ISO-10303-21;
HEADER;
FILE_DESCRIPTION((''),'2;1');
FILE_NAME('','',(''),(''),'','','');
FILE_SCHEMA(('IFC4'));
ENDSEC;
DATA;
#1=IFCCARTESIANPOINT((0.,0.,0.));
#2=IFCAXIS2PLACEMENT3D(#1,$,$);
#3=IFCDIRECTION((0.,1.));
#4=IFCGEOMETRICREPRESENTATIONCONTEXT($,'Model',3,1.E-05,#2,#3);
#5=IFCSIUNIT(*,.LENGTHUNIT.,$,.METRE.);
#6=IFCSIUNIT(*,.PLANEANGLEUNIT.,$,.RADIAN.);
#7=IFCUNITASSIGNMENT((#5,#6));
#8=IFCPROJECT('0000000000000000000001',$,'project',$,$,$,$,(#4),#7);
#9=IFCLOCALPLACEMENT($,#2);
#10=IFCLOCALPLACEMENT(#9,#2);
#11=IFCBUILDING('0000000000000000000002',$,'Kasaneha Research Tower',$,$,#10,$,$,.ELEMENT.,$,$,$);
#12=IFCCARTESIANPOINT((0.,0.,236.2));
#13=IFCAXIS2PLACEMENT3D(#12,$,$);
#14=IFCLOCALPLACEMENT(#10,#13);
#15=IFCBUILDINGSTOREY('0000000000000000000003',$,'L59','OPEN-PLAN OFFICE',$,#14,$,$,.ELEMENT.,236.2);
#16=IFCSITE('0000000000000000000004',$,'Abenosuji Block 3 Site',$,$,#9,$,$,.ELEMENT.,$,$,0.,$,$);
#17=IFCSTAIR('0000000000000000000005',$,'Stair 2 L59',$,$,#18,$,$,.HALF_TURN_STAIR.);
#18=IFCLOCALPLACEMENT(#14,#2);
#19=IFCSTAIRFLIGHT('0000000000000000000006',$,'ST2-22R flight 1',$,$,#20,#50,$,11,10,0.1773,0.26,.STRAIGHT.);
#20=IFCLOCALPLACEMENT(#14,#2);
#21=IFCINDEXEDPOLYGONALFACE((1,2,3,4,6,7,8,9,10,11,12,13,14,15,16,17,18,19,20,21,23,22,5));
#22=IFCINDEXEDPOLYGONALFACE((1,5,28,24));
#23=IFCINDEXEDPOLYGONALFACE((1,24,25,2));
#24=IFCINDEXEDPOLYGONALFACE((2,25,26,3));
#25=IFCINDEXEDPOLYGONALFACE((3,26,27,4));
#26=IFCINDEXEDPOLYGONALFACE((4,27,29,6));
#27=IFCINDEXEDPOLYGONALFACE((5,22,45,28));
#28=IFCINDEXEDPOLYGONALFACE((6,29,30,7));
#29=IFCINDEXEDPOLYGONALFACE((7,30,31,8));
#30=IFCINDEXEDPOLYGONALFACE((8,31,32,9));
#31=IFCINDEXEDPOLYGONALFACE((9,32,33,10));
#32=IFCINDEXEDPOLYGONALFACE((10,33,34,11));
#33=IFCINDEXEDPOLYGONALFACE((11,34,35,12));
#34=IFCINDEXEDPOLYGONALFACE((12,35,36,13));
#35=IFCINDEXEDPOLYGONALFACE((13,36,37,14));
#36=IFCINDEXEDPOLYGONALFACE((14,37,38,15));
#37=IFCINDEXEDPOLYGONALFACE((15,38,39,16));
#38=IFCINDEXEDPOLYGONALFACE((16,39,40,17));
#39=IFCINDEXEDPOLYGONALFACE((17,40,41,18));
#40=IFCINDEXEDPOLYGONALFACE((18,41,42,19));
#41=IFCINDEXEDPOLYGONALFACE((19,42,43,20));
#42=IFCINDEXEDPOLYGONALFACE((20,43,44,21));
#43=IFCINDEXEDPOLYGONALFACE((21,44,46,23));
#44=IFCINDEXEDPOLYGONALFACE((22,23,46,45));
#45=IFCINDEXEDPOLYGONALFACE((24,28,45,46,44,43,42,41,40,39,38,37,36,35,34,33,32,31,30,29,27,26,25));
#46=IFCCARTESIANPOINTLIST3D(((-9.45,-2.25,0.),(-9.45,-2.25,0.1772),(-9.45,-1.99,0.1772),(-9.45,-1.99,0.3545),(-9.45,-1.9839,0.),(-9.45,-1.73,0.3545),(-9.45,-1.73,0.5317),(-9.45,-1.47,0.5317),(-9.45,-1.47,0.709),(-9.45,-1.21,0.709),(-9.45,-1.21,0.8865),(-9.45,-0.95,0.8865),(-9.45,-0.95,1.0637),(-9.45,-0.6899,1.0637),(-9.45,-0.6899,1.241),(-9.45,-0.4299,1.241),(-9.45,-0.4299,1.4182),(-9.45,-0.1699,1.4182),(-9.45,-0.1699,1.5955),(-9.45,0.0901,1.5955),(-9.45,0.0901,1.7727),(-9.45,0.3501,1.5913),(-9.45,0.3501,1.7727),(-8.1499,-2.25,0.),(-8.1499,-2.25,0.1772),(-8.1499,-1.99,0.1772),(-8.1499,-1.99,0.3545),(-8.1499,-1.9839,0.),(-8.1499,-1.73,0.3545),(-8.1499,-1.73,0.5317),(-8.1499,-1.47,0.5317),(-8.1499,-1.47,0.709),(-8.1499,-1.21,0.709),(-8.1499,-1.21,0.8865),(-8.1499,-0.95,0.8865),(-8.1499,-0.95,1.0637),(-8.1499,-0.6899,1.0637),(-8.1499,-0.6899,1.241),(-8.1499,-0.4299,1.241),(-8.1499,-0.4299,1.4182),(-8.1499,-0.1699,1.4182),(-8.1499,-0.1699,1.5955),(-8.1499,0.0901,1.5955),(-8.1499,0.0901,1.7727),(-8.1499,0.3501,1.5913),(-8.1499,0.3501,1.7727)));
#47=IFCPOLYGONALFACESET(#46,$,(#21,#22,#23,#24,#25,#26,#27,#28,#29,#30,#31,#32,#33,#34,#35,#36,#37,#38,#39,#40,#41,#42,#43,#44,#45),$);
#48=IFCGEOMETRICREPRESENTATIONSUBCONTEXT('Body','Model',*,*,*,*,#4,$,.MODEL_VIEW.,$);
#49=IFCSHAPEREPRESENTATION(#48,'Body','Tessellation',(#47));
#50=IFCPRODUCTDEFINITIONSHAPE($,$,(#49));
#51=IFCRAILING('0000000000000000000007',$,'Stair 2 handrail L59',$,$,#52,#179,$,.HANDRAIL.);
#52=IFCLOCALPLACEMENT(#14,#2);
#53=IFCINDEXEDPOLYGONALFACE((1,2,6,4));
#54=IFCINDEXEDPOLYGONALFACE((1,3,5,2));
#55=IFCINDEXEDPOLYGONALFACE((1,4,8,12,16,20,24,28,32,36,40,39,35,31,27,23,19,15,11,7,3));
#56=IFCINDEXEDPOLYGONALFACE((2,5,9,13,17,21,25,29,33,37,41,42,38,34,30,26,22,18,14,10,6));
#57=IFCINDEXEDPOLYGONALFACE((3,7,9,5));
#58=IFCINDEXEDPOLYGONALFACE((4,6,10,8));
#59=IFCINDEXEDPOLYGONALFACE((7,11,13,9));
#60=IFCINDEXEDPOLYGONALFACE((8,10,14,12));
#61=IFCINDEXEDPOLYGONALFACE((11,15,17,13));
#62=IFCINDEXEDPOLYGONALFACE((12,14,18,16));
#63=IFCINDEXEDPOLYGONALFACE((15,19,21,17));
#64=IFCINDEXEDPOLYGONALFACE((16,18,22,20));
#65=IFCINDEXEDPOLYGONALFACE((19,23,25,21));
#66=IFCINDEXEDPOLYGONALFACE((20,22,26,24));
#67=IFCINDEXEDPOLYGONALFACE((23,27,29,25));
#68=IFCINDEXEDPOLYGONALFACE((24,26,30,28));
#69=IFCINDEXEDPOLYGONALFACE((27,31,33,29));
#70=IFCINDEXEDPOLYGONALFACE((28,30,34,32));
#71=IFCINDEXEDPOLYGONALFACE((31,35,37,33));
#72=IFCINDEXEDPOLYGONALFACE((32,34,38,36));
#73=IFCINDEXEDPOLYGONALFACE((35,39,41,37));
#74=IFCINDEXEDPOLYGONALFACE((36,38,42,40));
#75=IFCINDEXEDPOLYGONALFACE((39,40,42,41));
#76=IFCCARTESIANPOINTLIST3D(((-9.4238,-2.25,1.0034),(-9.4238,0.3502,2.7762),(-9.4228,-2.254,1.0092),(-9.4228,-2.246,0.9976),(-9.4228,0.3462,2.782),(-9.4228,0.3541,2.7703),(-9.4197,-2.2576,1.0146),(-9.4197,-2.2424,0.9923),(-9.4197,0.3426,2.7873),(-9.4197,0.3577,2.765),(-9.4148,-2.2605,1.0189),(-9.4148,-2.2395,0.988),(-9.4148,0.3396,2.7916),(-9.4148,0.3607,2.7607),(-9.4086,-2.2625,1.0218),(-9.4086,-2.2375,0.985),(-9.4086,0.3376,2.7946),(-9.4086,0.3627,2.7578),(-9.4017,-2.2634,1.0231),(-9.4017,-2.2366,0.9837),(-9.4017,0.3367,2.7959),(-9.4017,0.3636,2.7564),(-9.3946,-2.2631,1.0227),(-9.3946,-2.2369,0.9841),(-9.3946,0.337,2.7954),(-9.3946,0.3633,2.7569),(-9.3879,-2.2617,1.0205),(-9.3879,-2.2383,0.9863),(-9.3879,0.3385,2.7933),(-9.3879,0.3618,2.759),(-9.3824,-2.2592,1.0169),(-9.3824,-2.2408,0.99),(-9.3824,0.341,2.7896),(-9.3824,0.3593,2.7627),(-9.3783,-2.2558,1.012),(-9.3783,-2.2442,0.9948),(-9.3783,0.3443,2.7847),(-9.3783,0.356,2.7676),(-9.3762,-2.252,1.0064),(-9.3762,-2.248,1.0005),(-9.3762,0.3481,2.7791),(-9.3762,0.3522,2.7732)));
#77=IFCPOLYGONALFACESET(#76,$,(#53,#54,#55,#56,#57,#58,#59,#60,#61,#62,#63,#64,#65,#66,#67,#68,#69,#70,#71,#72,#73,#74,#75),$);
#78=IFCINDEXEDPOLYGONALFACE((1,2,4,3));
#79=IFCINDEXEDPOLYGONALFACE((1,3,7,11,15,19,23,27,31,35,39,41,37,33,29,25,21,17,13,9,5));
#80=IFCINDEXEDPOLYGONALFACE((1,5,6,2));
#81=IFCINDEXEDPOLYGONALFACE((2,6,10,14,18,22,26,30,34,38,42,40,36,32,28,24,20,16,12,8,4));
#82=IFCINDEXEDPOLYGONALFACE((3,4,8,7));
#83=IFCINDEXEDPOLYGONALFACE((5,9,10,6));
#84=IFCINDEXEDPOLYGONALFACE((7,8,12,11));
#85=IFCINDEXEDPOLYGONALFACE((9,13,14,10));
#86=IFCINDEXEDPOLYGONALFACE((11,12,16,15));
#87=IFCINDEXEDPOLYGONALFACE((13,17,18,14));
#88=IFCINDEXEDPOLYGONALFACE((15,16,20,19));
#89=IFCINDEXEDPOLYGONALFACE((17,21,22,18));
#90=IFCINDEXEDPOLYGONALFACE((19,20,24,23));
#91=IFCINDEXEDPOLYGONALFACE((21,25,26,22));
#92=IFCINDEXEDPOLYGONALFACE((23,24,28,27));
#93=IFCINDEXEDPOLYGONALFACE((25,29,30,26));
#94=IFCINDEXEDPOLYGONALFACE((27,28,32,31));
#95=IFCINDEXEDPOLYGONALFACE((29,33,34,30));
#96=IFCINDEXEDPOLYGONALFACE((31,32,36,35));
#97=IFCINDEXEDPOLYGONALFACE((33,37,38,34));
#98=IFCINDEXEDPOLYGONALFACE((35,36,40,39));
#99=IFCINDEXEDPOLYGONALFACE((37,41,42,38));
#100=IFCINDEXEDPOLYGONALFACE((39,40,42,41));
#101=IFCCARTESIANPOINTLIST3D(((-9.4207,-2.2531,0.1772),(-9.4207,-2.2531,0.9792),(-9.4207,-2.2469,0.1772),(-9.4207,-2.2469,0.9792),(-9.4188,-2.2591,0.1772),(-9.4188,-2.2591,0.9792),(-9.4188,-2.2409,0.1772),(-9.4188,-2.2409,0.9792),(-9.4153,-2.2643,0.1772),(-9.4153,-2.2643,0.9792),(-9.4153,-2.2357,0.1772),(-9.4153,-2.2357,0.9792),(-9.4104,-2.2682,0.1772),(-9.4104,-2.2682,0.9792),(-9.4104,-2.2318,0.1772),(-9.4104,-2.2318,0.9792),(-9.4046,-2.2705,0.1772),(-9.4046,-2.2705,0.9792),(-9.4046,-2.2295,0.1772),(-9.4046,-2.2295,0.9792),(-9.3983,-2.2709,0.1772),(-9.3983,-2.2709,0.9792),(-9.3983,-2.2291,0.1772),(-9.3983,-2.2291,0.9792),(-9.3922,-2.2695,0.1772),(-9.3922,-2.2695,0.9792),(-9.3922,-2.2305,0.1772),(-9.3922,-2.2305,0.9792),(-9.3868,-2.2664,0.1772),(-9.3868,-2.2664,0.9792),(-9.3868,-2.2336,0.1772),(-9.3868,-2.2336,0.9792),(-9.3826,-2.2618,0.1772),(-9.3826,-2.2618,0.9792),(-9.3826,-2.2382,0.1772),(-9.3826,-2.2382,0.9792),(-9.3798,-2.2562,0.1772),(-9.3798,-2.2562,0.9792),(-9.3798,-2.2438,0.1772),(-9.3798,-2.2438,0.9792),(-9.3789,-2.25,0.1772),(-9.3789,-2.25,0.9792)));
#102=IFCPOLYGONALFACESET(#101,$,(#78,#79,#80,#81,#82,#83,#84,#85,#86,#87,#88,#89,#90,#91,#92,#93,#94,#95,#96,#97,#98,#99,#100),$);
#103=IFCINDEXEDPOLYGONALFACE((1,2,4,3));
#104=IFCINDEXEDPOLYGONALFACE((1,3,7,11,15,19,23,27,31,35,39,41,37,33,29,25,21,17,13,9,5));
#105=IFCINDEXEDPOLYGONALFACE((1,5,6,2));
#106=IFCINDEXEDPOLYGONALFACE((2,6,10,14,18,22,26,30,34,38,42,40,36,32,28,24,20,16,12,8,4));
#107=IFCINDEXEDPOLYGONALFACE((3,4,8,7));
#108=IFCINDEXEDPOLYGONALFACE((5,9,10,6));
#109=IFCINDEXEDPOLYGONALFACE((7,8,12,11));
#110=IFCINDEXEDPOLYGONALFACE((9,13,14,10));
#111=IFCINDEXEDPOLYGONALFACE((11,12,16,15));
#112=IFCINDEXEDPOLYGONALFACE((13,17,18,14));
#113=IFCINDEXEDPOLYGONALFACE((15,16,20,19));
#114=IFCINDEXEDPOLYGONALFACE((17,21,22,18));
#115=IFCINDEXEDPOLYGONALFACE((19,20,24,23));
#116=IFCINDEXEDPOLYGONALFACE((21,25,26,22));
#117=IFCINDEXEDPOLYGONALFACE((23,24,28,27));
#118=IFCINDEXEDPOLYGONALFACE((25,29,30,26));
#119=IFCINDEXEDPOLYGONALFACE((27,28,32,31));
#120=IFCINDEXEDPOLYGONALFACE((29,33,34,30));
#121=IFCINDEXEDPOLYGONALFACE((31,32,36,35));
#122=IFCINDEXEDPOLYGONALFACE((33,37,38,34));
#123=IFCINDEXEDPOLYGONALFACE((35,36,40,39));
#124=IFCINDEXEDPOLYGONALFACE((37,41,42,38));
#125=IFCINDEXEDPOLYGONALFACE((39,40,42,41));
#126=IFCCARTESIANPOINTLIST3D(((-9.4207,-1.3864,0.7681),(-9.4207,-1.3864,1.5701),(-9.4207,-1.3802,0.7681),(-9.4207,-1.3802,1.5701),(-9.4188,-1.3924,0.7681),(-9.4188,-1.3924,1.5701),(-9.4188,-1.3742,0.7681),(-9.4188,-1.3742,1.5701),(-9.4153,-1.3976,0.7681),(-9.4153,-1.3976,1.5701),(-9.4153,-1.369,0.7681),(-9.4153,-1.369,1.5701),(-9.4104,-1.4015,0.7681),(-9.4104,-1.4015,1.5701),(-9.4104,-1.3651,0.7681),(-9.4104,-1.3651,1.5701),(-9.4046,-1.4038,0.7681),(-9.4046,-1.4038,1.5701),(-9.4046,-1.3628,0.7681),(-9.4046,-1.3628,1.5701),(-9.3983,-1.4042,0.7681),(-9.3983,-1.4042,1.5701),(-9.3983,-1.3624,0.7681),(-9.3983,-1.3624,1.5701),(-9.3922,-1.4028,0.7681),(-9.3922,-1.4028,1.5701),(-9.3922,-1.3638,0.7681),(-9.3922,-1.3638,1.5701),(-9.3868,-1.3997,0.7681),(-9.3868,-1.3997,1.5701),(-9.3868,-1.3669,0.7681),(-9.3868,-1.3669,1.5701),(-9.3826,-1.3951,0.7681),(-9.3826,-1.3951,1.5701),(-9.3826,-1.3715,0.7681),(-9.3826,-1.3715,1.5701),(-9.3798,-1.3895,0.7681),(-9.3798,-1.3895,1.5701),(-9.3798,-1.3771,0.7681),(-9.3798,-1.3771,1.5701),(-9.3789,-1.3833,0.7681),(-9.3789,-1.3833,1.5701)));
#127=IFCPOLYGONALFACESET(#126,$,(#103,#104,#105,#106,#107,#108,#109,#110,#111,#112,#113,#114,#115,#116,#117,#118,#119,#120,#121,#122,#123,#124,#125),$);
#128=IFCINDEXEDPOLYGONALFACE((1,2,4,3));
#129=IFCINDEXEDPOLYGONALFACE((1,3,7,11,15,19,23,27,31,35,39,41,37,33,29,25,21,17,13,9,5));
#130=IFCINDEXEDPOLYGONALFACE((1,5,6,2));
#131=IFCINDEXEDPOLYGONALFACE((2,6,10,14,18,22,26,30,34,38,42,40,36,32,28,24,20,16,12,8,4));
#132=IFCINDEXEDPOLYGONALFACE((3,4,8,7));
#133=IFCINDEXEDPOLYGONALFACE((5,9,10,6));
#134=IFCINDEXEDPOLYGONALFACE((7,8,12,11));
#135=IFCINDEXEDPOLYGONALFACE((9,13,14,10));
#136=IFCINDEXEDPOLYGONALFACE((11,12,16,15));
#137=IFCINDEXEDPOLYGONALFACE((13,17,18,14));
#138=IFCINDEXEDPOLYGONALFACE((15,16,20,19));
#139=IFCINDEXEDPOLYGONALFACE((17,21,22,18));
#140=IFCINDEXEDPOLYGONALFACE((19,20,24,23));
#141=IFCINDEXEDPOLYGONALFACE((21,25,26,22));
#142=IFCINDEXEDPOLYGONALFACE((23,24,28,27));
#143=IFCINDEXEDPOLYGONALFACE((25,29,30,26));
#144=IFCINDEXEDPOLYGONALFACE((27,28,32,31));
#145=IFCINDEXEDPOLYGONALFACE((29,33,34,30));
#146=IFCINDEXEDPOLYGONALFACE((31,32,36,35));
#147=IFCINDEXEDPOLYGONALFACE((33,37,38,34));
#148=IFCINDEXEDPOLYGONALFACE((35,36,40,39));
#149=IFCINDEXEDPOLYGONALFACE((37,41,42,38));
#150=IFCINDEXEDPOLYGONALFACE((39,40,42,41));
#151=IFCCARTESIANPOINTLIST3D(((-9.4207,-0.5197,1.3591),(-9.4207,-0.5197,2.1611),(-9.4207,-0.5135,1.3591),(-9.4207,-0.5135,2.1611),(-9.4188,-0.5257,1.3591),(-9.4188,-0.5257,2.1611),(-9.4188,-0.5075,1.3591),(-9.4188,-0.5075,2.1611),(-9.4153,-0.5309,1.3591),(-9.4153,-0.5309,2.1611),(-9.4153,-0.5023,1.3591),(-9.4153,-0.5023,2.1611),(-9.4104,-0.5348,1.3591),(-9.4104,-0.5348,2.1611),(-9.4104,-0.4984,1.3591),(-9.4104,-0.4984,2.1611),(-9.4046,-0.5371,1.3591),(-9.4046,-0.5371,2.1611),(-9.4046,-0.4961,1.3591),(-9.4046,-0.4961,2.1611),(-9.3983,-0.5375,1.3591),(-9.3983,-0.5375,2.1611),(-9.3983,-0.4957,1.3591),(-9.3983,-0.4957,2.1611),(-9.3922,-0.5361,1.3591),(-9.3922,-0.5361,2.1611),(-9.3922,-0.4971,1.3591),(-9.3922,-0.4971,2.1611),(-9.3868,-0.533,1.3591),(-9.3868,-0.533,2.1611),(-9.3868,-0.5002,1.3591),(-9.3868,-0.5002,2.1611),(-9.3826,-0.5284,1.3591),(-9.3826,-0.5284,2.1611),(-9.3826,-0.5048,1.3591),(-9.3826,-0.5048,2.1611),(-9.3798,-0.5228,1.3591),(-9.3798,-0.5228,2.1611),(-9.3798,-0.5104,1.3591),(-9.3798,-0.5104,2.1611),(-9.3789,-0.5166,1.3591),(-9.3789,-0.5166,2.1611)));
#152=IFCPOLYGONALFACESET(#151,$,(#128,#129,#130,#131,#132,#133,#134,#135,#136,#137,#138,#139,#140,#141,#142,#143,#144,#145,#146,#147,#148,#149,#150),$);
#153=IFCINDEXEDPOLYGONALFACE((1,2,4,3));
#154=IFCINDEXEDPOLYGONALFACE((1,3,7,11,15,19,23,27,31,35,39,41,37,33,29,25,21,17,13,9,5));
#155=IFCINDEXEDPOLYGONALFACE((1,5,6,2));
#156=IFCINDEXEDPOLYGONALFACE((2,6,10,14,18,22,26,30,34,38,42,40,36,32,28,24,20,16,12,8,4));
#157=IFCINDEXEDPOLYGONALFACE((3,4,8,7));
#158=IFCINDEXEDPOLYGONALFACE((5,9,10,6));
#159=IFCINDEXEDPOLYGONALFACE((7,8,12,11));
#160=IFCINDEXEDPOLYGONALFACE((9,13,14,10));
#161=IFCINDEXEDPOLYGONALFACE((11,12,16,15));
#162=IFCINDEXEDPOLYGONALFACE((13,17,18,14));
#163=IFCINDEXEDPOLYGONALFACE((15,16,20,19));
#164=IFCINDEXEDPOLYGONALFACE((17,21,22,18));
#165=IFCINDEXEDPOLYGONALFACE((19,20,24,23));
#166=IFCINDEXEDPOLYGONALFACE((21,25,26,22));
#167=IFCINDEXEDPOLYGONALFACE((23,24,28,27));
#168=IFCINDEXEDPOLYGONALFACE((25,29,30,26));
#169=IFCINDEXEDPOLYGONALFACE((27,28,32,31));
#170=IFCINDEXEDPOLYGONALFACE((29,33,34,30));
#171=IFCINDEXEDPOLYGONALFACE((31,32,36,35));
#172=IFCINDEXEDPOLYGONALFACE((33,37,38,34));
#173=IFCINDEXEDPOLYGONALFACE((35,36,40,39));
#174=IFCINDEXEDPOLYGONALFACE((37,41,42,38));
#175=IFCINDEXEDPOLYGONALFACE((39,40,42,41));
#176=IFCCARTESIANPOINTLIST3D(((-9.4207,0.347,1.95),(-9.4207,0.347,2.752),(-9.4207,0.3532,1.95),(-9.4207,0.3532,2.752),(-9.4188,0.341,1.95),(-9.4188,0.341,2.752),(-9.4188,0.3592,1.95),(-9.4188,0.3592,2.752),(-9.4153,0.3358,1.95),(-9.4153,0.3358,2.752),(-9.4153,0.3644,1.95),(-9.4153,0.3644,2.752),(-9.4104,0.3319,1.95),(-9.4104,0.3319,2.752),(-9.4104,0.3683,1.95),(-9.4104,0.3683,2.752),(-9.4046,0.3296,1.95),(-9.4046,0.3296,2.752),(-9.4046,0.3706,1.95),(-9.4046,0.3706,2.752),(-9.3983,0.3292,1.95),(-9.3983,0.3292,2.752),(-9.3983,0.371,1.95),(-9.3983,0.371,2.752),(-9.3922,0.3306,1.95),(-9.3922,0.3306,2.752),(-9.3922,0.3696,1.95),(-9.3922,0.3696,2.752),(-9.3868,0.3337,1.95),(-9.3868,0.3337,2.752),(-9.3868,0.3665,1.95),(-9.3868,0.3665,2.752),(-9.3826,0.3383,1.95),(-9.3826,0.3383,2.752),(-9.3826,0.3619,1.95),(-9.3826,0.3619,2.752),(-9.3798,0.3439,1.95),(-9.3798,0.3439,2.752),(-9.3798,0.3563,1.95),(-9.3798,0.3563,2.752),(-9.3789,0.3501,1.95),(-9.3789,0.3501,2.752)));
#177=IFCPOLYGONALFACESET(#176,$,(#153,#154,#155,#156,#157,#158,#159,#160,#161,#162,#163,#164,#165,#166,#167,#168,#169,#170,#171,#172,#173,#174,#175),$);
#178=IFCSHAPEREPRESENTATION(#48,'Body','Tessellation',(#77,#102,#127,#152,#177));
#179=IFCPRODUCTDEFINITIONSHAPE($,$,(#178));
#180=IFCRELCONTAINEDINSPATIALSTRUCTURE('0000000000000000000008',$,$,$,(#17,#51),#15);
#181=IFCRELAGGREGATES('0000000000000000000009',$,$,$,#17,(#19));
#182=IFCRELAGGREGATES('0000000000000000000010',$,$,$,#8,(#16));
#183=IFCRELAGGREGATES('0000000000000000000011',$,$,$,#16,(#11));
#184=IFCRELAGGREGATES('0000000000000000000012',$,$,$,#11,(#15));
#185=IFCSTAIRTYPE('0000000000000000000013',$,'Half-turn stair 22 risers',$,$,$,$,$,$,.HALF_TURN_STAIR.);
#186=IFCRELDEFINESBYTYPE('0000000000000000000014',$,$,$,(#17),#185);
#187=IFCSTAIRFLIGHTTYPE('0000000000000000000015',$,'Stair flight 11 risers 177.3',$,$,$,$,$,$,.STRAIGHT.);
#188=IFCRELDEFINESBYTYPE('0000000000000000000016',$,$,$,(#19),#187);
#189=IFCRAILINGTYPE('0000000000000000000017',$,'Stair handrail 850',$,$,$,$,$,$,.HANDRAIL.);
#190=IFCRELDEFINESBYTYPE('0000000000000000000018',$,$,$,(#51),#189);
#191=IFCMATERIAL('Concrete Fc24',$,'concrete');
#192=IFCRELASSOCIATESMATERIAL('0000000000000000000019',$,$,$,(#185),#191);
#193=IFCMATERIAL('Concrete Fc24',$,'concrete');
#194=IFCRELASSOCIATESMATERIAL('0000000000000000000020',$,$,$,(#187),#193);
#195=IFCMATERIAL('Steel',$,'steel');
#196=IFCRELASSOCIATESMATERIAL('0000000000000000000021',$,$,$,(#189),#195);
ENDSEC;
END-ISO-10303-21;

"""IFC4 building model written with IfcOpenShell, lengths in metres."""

from ifc_helpers import new_model, si_unit, direction, frame, origin, origin_2d, place, context, subcontext, project, spatial, polyline, circle, outline, extrude, material, type_object, element, aggregate, save


model = new_model("IFC4")

# Units and contexts
model_context = context("Model", 3, precision=1e-05, world=origin(), true_north=direction((0.0, 1.0)))
body_context = subcontext(model_context, "Body", "Model", "MODEL_VIEW")
ifc_project = project(units=[si_unit("LENGTHUNIT", "METRE"), si_unit("PLANEANGLEUNIT", "RADIAN")], contexts=[model_context])

# Site, building, storey
site_placement = place(None, origin())
site = spatial("IfcSite", under=ifc_project, at=site_placement, Name="Abenosuji Block 3 Site", CompositionType="ELEMENT", RefElevation=0.0)
building_placement = place(site_placement, origin())
building = spatial("IfcBuilding", under=site, at=building_placement, Name="Kasaneha Research Tower", CompositionType="ELEMENT")
storey_placement = place(building_placement, frame((0.0, 0.0, 236.2)))
storey = spatial("IfcBuildingStorey", under=building, at=storey_placement, Name="L59", Description="OPEN-PLAN OFFICE", CompositionType="ELEMENT", Elevation=236.2)

# Stair, stair flight
ifc_material_1 = material(Name="Concrete Fc24", Category="concrete")
stair_type = type_object("IfcStairType", Name="Half-turn stair 22 risers", PredefinedType="HALF_TURN_STAIR", material=ifc_material_1)
stair_placement = place(storey_placement, origin())
stair = element("IfcStair", 1, at=stair_placement, inside=storey, type_object=stair_type, Name="Stair 2 L59", PredefinedType="HALF_TURN_STAIR")
ifc_material_2 = material(Name="Concrete Fc24", Category="concrete")
stair_flight_type = type_object("IfcStairFlightType", Name="Stair flight 11 risers 177.3", PredefinedType="STRAIGHT", material=ifc_material_2)
stair_flight_placement = place(storey_placement, frame((-8.8, -2.25, 0.0), z_axis=(0.0, 0.0, 1.0), x_axis=(0.0, 1.0, 0.0)))
stair_flight = element("IfcStairFlight", 2, at=stair_flight_placement, type_object=stair_flight_type, Name="ST2-22R flight 1", NumberOfRisers=11, NumberOfTreads=10, PredefinedType="STRAIGHT", RiserHeight=0.1773, TreadLength=0.26, context=body_context, shape_type="SweptSolid", body=[
    extrude(outline(polyline([(0.0, 0.0), (0.0, 0.1772), (0.26, 0.1772), (0.26, 0.3545), (0.52, 0.3545), (0.52, 0.5317), (0.78, 0.5317), (0.78, 0.709), (1.04, 0.709), (1.04, 0.8865), (1.3, 0.8865), (1.3, 1.0637), (1.5601, 1.0637), (1.5601, 1.241), (1.8201, 1.241), (1.8201, 1.4182), (2.0801, 1.4182), (2.0801, 1.5955), (2.3401, 1.5955), (2.3401, 1.7727), (2.6001, 1.7727), (2.6001, 1.95), (2.6001, 1.5913), (0.2661, 0.0), (0.0, 0.0)])), frame((0.0, 0.6499, 0.0), z_axis=(0.0, -1.0, 0.0), x_axis=(1.0, 0.0, 0.0)), (0.0, 0.0, 1.0), 1.3),
])
aggregate(stair, [stair_flight])

# Railing
ifc_material_3 = material(Name="Steel", Category="steel")
railing_type = type_object("IfcRailingType", Name="Stair handrail 850", PredefinedType="HANDRAIL", material=ifc_material_3)
railing_placement = place(storey_placement, frame((-9.3999, -2.25, 0.1772)))
element("IfcRailing", 3, at=railing_placement, inside=storey, type_object=railing_type, Name="Stair 2 handrail L59", PredefinedType="HANDRAIL", context=body_context, shape_type="SweptSolid", body=[
    extrude(circle(Radius=0.0239, at=origin_2d()), frame((0.0, 0.0, 0.8262), z_axis=(0.0, 0.82624, 0.563318), x_axis=(-1.0, 0.0, 0.0)), (0.0, 0.0, 1.0), 3.147),
    extrude(circle(Radius=0.021, at=origin_2d()), origin(), (0.0, 0.0, 1.0), 0.802),
    extrude(circle(Radius=0.021, at=origin_2d()), frame((0.0, 0.8667, 0.5908)), (0.0, 0.0, 1.0), 0.802),
    extrude(circle(Radius=0.021, at=origin_2d()), frame((0.0, 1.7334, 1.1819)), (0.0, 0.0, 1.0), 0.802),
    extrude(circle(Radius=0.021, at=origin_2d()), frame((0.0, 2.6001, 1.7727)), (0.0, 0.0, 1.0), 0.802),
])

save(model, "model.ifc")
